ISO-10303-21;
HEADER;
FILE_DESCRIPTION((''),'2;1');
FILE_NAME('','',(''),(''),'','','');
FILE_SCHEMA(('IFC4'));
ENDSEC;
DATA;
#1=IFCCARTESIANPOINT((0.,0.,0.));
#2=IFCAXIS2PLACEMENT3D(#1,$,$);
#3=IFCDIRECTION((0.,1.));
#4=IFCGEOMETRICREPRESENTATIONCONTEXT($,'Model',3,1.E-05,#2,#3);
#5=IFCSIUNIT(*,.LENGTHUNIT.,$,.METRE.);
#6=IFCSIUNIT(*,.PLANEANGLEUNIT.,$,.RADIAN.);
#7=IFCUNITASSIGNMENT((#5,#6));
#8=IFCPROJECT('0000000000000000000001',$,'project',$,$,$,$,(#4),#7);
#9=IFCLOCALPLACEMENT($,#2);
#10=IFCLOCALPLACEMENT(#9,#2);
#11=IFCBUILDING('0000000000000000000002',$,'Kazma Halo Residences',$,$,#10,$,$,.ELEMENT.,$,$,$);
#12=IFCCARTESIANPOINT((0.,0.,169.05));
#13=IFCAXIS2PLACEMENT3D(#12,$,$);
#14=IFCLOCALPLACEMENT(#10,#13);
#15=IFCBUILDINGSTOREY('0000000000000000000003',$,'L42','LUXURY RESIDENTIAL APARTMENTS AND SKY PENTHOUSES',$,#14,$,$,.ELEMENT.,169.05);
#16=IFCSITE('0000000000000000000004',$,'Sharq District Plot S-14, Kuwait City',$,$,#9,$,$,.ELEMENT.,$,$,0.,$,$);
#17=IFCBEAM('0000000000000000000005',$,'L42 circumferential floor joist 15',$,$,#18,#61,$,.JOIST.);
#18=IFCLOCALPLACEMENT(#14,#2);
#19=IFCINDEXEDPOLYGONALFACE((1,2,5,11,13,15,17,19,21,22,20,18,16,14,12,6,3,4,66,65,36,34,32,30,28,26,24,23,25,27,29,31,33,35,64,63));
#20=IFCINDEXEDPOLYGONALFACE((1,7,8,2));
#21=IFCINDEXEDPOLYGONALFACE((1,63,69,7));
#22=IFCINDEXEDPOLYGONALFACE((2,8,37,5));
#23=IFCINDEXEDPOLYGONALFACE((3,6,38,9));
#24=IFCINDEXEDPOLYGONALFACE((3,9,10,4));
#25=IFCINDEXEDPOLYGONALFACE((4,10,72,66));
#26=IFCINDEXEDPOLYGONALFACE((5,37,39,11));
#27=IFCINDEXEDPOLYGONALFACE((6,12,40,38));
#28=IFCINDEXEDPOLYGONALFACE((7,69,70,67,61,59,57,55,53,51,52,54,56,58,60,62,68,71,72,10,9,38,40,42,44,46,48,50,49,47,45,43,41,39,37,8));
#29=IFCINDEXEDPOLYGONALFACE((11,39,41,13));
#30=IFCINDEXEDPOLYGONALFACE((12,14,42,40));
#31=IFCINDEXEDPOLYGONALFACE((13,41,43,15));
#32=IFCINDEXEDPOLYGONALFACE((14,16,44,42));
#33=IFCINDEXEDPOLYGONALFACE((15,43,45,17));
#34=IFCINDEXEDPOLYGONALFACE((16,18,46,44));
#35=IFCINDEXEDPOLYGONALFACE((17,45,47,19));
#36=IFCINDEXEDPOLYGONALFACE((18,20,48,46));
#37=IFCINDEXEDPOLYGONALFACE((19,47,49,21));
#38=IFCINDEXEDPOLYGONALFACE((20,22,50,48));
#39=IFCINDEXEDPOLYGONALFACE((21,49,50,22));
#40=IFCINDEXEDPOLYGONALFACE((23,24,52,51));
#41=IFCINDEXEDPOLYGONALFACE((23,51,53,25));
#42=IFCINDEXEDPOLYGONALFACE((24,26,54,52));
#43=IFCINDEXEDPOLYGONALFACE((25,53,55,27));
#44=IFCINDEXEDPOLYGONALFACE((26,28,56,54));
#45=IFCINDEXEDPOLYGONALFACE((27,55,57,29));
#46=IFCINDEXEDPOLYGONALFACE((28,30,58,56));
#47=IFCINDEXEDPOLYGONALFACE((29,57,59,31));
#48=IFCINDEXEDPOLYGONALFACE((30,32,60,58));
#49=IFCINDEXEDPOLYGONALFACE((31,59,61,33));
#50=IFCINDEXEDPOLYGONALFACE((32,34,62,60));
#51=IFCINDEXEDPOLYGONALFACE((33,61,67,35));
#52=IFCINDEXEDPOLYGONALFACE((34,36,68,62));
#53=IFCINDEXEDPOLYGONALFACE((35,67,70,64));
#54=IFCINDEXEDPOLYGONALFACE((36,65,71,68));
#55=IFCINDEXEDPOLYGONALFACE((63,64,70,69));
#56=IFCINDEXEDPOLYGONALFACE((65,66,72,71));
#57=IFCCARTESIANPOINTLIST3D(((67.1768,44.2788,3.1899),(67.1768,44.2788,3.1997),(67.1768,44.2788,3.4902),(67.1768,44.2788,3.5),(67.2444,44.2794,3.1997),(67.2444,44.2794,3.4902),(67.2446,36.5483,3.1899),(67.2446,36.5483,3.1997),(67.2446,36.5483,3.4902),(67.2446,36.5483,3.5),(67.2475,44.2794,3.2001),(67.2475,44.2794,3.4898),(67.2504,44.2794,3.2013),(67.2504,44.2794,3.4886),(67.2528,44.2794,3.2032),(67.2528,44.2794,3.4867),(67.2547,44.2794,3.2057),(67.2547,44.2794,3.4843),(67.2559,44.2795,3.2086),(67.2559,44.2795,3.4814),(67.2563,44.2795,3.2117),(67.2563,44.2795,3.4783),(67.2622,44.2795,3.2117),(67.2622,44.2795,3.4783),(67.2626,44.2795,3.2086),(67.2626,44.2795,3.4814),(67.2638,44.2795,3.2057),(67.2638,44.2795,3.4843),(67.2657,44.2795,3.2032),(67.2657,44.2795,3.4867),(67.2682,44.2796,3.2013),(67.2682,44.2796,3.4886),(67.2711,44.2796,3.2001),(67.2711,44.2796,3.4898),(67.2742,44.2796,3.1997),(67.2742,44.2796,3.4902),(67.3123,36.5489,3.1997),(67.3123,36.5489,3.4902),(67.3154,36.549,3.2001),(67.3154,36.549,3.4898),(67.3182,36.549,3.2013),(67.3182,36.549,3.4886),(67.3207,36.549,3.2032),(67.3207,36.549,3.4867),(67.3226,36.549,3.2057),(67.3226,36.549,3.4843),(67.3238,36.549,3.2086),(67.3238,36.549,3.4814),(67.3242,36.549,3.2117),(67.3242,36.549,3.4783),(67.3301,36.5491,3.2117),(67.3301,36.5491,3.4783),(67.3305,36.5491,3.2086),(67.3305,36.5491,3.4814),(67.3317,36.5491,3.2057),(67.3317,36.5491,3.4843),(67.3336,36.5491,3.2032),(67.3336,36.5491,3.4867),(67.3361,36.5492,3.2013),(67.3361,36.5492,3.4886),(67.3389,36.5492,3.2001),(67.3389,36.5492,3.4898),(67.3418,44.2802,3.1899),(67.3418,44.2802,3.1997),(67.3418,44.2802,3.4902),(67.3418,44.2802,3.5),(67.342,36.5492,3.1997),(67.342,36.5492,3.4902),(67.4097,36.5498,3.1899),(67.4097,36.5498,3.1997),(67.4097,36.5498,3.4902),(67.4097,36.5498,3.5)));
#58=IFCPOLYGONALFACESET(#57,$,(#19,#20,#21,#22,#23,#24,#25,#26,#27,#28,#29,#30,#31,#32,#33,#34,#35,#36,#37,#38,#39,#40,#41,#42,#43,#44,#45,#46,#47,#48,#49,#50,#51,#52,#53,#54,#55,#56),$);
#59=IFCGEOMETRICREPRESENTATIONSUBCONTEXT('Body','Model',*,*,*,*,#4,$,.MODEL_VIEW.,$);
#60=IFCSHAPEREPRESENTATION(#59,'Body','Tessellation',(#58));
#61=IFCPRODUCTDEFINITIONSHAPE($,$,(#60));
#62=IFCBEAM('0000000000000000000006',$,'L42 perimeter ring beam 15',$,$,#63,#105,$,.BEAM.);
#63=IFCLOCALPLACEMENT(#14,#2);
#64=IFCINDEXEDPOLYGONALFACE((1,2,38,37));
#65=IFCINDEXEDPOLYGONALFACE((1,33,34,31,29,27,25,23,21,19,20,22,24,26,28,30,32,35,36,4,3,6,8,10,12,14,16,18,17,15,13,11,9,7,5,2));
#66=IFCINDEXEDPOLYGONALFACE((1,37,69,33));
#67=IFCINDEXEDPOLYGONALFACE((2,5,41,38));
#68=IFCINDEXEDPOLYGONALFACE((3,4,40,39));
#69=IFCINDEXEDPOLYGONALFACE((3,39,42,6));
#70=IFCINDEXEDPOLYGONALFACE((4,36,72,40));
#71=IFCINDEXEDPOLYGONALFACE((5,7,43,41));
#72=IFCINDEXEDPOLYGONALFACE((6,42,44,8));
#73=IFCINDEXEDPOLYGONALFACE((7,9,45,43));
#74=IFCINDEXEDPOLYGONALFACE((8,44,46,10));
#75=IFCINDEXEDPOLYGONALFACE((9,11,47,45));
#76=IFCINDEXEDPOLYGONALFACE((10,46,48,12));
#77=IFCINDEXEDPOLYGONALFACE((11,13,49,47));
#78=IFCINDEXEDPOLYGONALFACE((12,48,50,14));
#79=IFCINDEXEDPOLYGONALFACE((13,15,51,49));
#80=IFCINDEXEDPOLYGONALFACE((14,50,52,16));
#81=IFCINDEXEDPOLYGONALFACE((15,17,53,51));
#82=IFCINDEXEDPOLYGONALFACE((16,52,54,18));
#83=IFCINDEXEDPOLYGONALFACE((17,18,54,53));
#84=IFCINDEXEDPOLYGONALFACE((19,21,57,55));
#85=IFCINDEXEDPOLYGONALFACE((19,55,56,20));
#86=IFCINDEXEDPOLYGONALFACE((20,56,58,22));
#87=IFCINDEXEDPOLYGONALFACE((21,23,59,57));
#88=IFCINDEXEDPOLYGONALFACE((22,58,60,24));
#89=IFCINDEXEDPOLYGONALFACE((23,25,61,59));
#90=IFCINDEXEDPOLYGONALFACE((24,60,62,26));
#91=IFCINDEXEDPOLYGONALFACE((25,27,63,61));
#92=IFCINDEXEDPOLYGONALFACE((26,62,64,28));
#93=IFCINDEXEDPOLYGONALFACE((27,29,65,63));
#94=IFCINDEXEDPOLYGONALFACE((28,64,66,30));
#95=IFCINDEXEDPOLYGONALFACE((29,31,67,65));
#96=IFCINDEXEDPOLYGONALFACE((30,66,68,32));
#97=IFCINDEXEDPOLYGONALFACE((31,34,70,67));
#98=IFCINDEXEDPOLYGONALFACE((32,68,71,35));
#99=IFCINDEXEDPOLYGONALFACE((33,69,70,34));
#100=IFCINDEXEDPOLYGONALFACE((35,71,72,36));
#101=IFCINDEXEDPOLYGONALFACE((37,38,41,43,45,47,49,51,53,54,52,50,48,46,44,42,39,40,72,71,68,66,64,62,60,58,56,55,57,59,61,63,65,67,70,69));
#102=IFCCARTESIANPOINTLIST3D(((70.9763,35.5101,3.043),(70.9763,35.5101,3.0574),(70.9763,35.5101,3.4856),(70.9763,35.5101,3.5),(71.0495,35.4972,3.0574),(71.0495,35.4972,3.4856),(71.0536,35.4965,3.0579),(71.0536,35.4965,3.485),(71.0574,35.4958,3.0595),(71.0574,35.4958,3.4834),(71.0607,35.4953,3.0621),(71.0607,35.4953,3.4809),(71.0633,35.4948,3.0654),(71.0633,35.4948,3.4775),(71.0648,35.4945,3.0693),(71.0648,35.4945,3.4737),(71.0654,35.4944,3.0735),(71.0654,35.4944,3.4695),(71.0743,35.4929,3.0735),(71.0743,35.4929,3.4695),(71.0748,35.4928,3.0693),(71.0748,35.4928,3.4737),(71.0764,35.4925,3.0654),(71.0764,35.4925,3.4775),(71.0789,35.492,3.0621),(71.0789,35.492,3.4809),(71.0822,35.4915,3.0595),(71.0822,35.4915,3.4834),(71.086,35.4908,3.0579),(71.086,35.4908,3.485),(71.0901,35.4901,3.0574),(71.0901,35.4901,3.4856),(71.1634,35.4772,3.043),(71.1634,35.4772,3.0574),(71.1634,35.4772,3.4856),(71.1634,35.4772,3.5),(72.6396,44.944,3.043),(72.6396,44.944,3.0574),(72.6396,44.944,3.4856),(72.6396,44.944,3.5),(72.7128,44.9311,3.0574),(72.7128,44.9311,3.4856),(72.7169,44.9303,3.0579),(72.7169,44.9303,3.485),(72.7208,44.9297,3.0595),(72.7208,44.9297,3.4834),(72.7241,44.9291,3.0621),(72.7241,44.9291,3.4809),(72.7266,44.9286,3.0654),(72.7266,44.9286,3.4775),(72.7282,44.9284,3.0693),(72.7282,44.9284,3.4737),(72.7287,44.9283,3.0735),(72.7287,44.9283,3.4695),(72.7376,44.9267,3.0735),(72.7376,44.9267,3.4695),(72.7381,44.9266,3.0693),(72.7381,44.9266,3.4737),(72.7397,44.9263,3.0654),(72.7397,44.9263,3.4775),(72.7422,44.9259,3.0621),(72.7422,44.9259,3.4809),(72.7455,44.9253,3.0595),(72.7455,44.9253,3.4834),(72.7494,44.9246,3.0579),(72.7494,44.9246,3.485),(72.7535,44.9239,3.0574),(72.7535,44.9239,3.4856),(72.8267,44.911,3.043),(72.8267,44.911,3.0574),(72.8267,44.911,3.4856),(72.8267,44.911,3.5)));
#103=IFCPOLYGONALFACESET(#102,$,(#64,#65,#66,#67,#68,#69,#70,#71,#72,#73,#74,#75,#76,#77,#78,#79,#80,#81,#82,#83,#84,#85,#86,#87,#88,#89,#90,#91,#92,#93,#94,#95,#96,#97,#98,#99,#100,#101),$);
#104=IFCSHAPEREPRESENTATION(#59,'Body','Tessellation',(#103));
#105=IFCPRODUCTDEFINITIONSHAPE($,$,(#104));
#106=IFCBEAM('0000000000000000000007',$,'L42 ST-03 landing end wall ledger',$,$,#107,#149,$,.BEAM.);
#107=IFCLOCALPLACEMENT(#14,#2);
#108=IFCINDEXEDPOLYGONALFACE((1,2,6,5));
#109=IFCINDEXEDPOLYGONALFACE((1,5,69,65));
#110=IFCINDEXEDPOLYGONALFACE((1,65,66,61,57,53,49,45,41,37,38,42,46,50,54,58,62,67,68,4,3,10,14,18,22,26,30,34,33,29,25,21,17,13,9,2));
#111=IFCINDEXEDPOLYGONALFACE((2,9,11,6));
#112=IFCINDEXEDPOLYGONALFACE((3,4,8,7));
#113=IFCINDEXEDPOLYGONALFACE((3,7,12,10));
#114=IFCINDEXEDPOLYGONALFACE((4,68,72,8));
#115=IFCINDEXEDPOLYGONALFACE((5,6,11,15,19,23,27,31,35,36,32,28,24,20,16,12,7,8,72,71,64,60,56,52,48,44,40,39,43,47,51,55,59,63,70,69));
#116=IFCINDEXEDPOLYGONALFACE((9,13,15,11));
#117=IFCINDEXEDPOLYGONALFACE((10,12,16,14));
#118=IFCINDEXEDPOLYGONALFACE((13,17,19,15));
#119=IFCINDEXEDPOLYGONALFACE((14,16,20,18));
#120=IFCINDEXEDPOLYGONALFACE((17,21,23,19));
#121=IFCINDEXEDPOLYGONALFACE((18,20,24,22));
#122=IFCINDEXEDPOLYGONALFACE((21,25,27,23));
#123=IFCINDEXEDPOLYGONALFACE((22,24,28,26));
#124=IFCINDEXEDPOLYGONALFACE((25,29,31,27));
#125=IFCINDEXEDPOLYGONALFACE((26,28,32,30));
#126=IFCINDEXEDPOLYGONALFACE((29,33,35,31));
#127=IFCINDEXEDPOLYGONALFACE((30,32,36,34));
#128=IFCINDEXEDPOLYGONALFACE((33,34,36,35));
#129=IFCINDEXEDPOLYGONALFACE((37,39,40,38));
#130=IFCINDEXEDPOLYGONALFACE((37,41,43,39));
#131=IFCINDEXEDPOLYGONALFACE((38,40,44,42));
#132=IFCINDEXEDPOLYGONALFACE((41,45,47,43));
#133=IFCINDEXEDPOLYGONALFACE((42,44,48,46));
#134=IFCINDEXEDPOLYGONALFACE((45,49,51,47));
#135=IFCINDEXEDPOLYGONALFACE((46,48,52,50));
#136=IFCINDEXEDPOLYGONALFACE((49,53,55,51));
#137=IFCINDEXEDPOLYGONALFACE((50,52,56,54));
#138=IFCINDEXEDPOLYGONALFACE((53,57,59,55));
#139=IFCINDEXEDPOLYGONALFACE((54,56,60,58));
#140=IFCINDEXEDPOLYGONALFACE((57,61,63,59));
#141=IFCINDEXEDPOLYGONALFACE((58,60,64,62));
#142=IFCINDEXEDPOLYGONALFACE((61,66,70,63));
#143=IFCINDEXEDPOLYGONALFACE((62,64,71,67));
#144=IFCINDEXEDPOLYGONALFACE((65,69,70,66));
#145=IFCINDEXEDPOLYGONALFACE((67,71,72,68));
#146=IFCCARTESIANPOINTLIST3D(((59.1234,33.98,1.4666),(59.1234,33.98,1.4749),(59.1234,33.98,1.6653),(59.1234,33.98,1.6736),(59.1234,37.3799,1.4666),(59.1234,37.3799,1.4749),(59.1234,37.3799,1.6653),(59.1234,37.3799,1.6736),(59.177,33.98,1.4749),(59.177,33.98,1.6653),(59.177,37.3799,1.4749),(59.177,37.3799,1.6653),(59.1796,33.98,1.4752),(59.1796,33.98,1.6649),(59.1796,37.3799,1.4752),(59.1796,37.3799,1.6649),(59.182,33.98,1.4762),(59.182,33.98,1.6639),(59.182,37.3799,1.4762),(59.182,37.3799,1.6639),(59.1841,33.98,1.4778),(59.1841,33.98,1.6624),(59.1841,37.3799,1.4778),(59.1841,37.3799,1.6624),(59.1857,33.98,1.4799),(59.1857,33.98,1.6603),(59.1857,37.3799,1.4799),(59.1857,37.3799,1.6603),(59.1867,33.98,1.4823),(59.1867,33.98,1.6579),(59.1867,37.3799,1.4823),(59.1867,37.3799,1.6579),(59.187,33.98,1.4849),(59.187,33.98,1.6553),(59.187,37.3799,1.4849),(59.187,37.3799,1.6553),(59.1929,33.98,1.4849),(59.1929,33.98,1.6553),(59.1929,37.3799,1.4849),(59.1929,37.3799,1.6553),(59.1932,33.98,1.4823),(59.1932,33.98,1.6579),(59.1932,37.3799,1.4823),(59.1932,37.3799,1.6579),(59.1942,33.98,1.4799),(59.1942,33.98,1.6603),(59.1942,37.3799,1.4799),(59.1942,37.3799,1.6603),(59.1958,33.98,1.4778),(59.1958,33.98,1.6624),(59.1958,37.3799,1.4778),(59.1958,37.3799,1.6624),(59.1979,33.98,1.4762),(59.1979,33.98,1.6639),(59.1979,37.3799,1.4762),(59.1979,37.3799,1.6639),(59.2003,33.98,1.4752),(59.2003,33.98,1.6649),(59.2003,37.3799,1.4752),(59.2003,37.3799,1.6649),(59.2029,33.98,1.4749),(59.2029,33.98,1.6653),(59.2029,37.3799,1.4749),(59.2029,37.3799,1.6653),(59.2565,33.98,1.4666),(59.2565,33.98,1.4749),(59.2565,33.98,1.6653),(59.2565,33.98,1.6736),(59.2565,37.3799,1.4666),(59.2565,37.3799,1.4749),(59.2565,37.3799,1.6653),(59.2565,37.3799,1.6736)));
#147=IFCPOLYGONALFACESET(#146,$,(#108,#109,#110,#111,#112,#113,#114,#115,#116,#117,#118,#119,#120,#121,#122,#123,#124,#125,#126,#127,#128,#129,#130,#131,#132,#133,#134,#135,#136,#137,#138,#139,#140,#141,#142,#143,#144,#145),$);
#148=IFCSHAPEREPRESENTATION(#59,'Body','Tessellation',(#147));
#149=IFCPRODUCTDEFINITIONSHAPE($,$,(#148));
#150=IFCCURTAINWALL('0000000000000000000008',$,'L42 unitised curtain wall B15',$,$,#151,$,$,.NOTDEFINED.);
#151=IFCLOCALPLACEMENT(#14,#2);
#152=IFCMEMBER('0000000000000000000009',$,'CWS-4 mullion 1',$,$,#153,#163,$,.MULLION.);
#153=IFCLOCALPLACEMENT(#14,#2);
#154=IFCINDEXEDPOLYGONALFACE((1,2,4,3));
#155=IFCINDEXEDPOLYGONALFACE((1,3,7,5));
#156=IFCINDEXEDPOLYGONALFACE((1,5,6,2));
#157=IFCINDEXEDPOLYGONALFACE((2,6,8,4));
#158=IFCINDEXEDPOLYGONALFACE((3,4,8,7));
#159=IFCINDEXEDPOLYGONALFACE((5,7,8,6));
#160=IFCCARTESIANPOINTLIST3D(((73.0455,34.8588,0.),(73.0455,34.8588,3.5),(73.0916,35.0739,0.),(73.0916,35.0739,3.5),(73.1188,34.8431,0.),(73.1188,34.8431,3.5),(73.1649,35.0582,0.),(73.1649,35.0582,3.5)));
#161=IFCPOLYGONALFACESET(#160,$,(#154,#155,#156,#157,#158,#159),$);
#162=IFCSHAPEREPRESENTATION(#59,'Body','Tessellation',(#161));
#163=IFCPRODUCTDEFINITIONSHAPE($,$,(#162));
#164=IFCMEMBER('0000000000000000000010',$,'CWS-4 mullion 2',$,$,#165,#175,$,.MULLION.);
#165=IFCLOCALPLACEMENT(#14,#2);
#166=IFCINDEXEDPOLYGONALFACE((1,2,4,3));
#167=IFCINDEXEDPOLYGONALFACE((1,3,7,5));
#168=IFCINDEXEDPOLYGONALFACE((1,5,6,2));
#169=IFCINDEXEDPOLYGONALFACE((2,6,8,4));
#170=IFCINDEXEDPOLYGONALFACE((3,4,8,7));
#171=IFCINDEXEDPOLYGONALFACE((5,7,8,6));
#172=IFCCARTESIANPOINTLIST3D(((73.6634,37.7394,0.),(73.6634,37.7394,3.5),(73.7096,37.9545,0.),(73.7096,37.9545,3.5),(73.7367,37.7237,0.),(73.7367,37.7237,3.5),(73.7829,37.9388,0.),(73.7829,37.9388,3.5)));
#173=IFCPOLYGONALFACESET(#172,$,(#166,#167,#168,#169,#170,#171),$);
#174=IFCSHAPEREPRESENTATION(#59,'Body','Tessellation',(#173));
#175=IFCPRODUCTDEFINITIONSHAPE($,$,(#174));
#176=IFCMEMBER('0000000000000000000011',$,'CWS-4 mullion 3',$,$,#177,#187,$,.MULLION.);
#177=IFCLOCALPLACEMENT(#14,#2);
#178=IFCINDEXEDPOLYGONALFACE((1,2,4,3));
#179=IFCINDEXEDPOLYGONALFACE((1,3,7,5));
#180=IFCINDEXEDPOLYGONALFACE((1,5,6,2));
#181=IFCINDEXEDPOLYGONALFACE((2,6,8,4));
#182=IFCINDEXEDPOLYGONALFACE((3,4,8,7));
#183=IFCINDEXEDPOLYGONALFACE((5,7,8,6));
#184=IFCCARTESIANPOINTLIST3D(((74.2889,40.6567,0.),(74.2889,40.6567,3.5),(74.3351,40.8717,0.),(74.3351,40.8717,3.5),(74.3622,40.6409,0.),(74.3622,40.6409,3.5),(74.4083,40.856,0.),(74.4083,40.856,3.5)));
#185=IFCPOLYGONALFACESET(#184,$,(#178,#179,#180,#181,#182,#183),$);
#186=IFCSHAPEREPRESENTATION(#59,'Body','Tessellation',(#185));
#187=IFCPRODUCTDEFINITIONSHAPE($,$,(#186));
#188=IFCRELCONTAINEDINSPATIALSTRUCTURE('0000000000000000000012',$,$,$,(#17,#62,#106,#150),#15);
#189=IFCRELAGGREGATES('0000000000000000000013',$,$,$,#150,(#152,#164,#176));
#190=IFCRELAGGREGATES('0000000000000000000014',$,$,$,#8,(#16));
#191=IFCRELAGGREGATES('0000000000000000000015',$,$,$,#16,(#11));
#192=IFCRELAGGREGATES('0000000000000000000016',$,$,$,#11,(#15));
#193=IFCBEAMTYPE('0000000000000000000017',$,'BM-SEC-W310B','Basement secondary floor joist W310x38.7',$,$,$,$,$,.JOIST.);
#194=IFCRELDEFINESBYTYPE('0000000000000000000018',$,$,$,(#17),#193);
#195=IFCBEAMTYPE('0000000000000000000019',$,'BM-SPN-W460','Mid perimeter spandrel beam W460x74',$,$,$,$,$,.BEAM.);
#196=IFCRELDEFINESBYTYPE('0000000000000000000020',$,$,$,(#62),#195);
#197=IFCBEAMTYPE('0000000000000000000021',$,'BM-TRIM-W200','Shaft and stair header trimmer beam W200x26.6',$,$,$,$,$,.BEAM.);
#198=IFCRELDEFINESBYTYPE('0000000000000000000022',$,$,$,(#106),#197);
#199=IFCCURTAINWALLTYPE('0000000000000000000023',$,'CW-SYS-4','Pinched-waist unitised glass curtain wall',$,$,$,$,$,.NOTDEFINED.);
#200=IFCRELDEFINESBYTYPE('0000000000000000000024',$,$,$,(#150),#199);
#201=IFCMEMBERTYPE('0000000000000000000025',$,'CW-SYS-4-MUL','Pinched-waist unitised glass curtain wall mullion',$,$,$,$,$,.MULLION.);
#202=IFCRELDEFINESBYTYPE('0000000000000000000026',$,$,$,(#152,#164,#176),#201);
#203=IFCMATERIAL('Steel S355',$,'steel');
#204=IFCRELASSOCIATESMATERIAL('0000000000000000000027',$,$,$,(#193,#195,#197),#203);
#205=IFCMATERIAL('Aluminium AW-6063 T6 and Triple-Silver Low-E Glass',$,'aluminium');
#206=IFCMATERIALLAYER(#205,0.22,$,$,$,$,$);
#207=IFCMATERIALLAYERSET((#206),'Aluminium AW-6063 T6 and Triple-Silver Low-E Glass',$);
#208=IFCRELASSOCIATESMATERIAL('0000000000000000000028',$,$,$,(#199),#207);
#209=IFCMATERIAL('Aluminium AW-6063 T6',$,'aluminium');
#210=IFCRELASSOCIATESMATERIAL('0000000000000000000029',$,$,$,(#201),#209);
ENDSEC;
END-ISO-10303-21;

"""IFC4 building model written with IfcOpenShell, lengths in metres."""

from ifc_helpers import new_model, si_unit, direction, frame, origin, origin_2d, place, context, subcontext, project, spatial, rectangle, i_section, extrude, material, layer, layer_set, material_profile, profile_set, type_object, element, aggregate, save


model = new_model("IFC4")

# Units and contexts
model_context = context("Model", 3, precision=1e-05, world=origin(), true_north=direction((0.0, 1.0)))
body_context = subcontext(model_context, "Body", "Model", "MODEL_VIEW")
ifc_project = project(units=[si_unit("LENGTHUNIT", "METRE"), si_unit("PLANEANGLEUNIT", "RADIAN")], contexts=[model_context])

# Site, building, storey
site_placement = place(None, origin())
site = spatial("IfcSite", under=ifc_project, at=site_placement, Name="Sharq District Plot S-14, Kuwait City", CompositionType="ELEMENT", RefElevation=0.0)
building_placement = place(site_placement, origin())
building = spatial("IfcBuilding", under=site, at=building_placement, Name="Kazma Halo Residences", CompositionType="ELEMENT")
storey_placement = place(building_placement, frame((0.0, 0.0, 169.05)))
storey = spatial("IfcBuildingStorey", under=building, at=storey_placement, Name="L42", Description="LUXURY RESIDENTIAL APARTMENTS AND SKY PENTHOUSES", CompositionType="ELEMENT", Elevation=169.05)

# Beams
ifc_material_1 = material(Name="Steel S355", Category="steel")
ifc_material_profile_1 = material_profile(ifc_material_1, i_section(OverallWidth=0.165, OverallDepth=0.3101, WebThickness=0.0059, FlangeThickness=0.0098, FilletRadius=0.012, at=origin_2d()), Name="W310x38.7")
ifc_profile_set_1 = profile_set([ifc_material_profile_1], Name="Steel S355")
beam_type_1 = type_object("IfcBeamType", Name="BM-SEC-W310B", Description="Basement secondary floor joist W310x38.7", PredefinedType="JOIST", material=ifc_profile_set_1)
beam_1_placement = place(storey_placement, frame((67.3271, 36.5491, 3.345), z_axis=(-0.008779, 0.999961, 0.0), x_axis=(-0.999961, -0.008779, 0.0)))
element("IfcBeam", 1, at=beam_1_placement, inside=storey, type_object=beam_type_1, Name="L42 circumferential floor joist 15", PredefinedType="JOIST", context=body_context, shape_type="SweptSolid", body=[
    extrude(i_section(OverallWidth=0.165, OverallDepth=0.3101, WebThickness=0.0059, FlangeThickness=0.0098, FilletRadius=0.012, at=origin_2d()), origin(), (0.0, 0.0, 1.0), 7.7307),
])
ifc_material_profile_2 = material_profile(ifc_material_1, i_section(OverallWidth=0.1899, OverallDepth=0.457, WebThickness=0.009, FlangeThickness=0.0144, FilletRadius=0.0161, at=origin_2d()), Name="W460x74")
ifc_profile_set_2 = profile_set([ifc_material_profile_2], Name="Steel S355")
beam_type_2 = type_object("IfcBeamType", Name="BM-SPN-W460", Description="Mid perimeter spandrel beam W460x74", PredefinedType="BEAM", material=ifc_profile_set_2)
beam_2_placement = place(storey_placement, frame((71.0698, 35.4937, 3.2715), z_axis=(0.173637, 0.98481, 0.0), x_axis=(-0.98481, 0.173637, 0.0)))
element("IfcBeam", 2, at=beam_2_placement, inside=storey, type_object=beam_type_2, Name="L42 perimeter ring beam 15", PredefinedType="BEAM", context=body_context, shape_type="SweptSolid", body=[
    extrude(i_section(OverallWidth=0.1899, OverallDepth=0.457, WebThickness=0.009, FlangeThickness=0.0144, FilletRadius=0.0161, at=origin_2d()), origin(), (0.0, 0.0, 1.0), 9.5793),
])
ifc_material_profile_3 = material_profile(ifc_material_1, i_section(OverallWidth=0.1331, OverallDepth=0.207, WebThickness=0.0059, FlangeThickness=0.0083, FilletRadius=0.01, at=origin_2d()), Name="W200x26.6")
ifc_profile_set_3 = profile_set([ifc_material_profile_3], Name="Steel S355")
beam_type_3 = type_object("IfcBeamType", Name="BM-TRIM-W200", Description="Shaft and stair header trimmer beam W200x26.6", PredefinedType="BEAM", material=ifc_profile_set_3)
beam_3_placement = place(storey_placement, frame((59.1899, 33.98, 1.5701), z_axis=(0.0, 1.0, 0.0), x_axis=(-1.0, 0.0, 0.0)))
element("IfcBeam", 3, at=beam_3_placement, inside=storey, type_object=beam_type_3, Name="L42 ST-03 landing end wall ledger", PredefinedType="BEAM", context=body_context, shape_type="SweptSolid", body=[
    extrude(i_section(OverallWidth=0.1331, OverallDepth=0.207, WebThickness=0.0059, FlangeThickness=0.0083, FilletRadius=0.01, at=origin_2d()), origin(), (0.0, 0.0, 1.0), 3.3999),
])

# Curtain wall, members
ifc_material_2 = material(Name="Aluminium AW-6063 T6 and Triple-Silver Low-E Glass", Category="aluminium")
ifc_layer_1 = layer(ifc_material_2, 0.22)
ifc_layer_set_1 = layer_set([ifc_layer_1], Name="Aluminium AW-6063 T6 and Triple-Silver Low-E Glass")
curtain_wall_type = type_object("IfcCurtainWallType", Name="CW-SYS-4", Description="Pinched-waist unitised glass curtain wall", PredefinedType="NOTDEFINED", material=ifc_layer_set_1)
curtain_wall_placement = place(storey_placement, origin())
curtain_wall = element("IfcCurtainWall", 4, at=curtain_wall_placement, inside=storey, type_object=curtain_wall_type, Name="L42 unitised curtain wall B15", PredefinedType="NOTDEFINED")
ifc_material_3 = material(Name="Aluminium AW-6063 T6", Category="aluminium")
ifc_material_profile_4 = material_profile(ifc_material_3, rectangle(XDim=0.075, YDim=0.22, at=origin_2d()), Name="CWM-75x220")
ifc_profile_set_4 = profile_set([ifc_material_profile_4], Name="Aluminium AW-6063 T6")
member_type_1 = type_object("IfcMemberType", Name="CW-SYS-4-MUL", Description="Pinched-waist unitised glass curtain wall mullion", PredefinedType="MULLION", material=ifc_profile_set_4)
member_1_placement = place(storey_placement, frame((73.1052, 34.9585, 0.0), z_axis=(0.0, 0.0, 1.0), x_axis=(-0.977765, 0.209704, 0.0)))
member_1 = element("IfcMember", 5, at=member_1_placement, type_object=member_type_1, Name="CWS-4 mullion 1", PredefinedType="MULLION", context=body_context, shape_type="SweptSolid", body=[
    extrude(rectangle(XDim=0.075, YDim=0.22, at=origin_2d()), origin(), (0.0, 0.0, 1.0), 3.5),
])
member_2_placement = place(storey_placement, frame((73.7231, 37.8391, 0.0), z_axis=(0.0, 0.0, 1.0), x_axis=(-0.977765, 0.209704, 0.0)))
member_2 = element("IfcMember", 6, at=member_2_placement, type_object=member_type_1, Name="CWS-4 mullion 2", PredefinedType="MULLION", context=body_context, shape_type="SweptSolid", body=[
    extrude(rectangle(XDim=0.075, YDim=0.22, at=origin_2d()), origin(), (0.0, 0.0, 1.0), 3.5),
])
member_3_placement = place(storey_placement, frame((74.3486, 40.7563, 0.0), z_axis=(0.0, 0.0, 1.0), x_axis=(-0.977765, 0.209704, 0.0)))
member_3 = element("IfcMember", 7, at=member_3_placement, type_object=member_type_1, Name="CWS-4 mullion 3", PredefinedType="MULLION", context=body_context, shape_type="SweptSolid", body=[
    extrude(rectangle(XDim=0.075, YDim=0.22, at=origin_2d()), origin(), (0.0, 0.0, 1.0), 3.5),
])
aggregate(curtain_wall, [member_1, member_2, member_3])

save(model, "model.ifc")
